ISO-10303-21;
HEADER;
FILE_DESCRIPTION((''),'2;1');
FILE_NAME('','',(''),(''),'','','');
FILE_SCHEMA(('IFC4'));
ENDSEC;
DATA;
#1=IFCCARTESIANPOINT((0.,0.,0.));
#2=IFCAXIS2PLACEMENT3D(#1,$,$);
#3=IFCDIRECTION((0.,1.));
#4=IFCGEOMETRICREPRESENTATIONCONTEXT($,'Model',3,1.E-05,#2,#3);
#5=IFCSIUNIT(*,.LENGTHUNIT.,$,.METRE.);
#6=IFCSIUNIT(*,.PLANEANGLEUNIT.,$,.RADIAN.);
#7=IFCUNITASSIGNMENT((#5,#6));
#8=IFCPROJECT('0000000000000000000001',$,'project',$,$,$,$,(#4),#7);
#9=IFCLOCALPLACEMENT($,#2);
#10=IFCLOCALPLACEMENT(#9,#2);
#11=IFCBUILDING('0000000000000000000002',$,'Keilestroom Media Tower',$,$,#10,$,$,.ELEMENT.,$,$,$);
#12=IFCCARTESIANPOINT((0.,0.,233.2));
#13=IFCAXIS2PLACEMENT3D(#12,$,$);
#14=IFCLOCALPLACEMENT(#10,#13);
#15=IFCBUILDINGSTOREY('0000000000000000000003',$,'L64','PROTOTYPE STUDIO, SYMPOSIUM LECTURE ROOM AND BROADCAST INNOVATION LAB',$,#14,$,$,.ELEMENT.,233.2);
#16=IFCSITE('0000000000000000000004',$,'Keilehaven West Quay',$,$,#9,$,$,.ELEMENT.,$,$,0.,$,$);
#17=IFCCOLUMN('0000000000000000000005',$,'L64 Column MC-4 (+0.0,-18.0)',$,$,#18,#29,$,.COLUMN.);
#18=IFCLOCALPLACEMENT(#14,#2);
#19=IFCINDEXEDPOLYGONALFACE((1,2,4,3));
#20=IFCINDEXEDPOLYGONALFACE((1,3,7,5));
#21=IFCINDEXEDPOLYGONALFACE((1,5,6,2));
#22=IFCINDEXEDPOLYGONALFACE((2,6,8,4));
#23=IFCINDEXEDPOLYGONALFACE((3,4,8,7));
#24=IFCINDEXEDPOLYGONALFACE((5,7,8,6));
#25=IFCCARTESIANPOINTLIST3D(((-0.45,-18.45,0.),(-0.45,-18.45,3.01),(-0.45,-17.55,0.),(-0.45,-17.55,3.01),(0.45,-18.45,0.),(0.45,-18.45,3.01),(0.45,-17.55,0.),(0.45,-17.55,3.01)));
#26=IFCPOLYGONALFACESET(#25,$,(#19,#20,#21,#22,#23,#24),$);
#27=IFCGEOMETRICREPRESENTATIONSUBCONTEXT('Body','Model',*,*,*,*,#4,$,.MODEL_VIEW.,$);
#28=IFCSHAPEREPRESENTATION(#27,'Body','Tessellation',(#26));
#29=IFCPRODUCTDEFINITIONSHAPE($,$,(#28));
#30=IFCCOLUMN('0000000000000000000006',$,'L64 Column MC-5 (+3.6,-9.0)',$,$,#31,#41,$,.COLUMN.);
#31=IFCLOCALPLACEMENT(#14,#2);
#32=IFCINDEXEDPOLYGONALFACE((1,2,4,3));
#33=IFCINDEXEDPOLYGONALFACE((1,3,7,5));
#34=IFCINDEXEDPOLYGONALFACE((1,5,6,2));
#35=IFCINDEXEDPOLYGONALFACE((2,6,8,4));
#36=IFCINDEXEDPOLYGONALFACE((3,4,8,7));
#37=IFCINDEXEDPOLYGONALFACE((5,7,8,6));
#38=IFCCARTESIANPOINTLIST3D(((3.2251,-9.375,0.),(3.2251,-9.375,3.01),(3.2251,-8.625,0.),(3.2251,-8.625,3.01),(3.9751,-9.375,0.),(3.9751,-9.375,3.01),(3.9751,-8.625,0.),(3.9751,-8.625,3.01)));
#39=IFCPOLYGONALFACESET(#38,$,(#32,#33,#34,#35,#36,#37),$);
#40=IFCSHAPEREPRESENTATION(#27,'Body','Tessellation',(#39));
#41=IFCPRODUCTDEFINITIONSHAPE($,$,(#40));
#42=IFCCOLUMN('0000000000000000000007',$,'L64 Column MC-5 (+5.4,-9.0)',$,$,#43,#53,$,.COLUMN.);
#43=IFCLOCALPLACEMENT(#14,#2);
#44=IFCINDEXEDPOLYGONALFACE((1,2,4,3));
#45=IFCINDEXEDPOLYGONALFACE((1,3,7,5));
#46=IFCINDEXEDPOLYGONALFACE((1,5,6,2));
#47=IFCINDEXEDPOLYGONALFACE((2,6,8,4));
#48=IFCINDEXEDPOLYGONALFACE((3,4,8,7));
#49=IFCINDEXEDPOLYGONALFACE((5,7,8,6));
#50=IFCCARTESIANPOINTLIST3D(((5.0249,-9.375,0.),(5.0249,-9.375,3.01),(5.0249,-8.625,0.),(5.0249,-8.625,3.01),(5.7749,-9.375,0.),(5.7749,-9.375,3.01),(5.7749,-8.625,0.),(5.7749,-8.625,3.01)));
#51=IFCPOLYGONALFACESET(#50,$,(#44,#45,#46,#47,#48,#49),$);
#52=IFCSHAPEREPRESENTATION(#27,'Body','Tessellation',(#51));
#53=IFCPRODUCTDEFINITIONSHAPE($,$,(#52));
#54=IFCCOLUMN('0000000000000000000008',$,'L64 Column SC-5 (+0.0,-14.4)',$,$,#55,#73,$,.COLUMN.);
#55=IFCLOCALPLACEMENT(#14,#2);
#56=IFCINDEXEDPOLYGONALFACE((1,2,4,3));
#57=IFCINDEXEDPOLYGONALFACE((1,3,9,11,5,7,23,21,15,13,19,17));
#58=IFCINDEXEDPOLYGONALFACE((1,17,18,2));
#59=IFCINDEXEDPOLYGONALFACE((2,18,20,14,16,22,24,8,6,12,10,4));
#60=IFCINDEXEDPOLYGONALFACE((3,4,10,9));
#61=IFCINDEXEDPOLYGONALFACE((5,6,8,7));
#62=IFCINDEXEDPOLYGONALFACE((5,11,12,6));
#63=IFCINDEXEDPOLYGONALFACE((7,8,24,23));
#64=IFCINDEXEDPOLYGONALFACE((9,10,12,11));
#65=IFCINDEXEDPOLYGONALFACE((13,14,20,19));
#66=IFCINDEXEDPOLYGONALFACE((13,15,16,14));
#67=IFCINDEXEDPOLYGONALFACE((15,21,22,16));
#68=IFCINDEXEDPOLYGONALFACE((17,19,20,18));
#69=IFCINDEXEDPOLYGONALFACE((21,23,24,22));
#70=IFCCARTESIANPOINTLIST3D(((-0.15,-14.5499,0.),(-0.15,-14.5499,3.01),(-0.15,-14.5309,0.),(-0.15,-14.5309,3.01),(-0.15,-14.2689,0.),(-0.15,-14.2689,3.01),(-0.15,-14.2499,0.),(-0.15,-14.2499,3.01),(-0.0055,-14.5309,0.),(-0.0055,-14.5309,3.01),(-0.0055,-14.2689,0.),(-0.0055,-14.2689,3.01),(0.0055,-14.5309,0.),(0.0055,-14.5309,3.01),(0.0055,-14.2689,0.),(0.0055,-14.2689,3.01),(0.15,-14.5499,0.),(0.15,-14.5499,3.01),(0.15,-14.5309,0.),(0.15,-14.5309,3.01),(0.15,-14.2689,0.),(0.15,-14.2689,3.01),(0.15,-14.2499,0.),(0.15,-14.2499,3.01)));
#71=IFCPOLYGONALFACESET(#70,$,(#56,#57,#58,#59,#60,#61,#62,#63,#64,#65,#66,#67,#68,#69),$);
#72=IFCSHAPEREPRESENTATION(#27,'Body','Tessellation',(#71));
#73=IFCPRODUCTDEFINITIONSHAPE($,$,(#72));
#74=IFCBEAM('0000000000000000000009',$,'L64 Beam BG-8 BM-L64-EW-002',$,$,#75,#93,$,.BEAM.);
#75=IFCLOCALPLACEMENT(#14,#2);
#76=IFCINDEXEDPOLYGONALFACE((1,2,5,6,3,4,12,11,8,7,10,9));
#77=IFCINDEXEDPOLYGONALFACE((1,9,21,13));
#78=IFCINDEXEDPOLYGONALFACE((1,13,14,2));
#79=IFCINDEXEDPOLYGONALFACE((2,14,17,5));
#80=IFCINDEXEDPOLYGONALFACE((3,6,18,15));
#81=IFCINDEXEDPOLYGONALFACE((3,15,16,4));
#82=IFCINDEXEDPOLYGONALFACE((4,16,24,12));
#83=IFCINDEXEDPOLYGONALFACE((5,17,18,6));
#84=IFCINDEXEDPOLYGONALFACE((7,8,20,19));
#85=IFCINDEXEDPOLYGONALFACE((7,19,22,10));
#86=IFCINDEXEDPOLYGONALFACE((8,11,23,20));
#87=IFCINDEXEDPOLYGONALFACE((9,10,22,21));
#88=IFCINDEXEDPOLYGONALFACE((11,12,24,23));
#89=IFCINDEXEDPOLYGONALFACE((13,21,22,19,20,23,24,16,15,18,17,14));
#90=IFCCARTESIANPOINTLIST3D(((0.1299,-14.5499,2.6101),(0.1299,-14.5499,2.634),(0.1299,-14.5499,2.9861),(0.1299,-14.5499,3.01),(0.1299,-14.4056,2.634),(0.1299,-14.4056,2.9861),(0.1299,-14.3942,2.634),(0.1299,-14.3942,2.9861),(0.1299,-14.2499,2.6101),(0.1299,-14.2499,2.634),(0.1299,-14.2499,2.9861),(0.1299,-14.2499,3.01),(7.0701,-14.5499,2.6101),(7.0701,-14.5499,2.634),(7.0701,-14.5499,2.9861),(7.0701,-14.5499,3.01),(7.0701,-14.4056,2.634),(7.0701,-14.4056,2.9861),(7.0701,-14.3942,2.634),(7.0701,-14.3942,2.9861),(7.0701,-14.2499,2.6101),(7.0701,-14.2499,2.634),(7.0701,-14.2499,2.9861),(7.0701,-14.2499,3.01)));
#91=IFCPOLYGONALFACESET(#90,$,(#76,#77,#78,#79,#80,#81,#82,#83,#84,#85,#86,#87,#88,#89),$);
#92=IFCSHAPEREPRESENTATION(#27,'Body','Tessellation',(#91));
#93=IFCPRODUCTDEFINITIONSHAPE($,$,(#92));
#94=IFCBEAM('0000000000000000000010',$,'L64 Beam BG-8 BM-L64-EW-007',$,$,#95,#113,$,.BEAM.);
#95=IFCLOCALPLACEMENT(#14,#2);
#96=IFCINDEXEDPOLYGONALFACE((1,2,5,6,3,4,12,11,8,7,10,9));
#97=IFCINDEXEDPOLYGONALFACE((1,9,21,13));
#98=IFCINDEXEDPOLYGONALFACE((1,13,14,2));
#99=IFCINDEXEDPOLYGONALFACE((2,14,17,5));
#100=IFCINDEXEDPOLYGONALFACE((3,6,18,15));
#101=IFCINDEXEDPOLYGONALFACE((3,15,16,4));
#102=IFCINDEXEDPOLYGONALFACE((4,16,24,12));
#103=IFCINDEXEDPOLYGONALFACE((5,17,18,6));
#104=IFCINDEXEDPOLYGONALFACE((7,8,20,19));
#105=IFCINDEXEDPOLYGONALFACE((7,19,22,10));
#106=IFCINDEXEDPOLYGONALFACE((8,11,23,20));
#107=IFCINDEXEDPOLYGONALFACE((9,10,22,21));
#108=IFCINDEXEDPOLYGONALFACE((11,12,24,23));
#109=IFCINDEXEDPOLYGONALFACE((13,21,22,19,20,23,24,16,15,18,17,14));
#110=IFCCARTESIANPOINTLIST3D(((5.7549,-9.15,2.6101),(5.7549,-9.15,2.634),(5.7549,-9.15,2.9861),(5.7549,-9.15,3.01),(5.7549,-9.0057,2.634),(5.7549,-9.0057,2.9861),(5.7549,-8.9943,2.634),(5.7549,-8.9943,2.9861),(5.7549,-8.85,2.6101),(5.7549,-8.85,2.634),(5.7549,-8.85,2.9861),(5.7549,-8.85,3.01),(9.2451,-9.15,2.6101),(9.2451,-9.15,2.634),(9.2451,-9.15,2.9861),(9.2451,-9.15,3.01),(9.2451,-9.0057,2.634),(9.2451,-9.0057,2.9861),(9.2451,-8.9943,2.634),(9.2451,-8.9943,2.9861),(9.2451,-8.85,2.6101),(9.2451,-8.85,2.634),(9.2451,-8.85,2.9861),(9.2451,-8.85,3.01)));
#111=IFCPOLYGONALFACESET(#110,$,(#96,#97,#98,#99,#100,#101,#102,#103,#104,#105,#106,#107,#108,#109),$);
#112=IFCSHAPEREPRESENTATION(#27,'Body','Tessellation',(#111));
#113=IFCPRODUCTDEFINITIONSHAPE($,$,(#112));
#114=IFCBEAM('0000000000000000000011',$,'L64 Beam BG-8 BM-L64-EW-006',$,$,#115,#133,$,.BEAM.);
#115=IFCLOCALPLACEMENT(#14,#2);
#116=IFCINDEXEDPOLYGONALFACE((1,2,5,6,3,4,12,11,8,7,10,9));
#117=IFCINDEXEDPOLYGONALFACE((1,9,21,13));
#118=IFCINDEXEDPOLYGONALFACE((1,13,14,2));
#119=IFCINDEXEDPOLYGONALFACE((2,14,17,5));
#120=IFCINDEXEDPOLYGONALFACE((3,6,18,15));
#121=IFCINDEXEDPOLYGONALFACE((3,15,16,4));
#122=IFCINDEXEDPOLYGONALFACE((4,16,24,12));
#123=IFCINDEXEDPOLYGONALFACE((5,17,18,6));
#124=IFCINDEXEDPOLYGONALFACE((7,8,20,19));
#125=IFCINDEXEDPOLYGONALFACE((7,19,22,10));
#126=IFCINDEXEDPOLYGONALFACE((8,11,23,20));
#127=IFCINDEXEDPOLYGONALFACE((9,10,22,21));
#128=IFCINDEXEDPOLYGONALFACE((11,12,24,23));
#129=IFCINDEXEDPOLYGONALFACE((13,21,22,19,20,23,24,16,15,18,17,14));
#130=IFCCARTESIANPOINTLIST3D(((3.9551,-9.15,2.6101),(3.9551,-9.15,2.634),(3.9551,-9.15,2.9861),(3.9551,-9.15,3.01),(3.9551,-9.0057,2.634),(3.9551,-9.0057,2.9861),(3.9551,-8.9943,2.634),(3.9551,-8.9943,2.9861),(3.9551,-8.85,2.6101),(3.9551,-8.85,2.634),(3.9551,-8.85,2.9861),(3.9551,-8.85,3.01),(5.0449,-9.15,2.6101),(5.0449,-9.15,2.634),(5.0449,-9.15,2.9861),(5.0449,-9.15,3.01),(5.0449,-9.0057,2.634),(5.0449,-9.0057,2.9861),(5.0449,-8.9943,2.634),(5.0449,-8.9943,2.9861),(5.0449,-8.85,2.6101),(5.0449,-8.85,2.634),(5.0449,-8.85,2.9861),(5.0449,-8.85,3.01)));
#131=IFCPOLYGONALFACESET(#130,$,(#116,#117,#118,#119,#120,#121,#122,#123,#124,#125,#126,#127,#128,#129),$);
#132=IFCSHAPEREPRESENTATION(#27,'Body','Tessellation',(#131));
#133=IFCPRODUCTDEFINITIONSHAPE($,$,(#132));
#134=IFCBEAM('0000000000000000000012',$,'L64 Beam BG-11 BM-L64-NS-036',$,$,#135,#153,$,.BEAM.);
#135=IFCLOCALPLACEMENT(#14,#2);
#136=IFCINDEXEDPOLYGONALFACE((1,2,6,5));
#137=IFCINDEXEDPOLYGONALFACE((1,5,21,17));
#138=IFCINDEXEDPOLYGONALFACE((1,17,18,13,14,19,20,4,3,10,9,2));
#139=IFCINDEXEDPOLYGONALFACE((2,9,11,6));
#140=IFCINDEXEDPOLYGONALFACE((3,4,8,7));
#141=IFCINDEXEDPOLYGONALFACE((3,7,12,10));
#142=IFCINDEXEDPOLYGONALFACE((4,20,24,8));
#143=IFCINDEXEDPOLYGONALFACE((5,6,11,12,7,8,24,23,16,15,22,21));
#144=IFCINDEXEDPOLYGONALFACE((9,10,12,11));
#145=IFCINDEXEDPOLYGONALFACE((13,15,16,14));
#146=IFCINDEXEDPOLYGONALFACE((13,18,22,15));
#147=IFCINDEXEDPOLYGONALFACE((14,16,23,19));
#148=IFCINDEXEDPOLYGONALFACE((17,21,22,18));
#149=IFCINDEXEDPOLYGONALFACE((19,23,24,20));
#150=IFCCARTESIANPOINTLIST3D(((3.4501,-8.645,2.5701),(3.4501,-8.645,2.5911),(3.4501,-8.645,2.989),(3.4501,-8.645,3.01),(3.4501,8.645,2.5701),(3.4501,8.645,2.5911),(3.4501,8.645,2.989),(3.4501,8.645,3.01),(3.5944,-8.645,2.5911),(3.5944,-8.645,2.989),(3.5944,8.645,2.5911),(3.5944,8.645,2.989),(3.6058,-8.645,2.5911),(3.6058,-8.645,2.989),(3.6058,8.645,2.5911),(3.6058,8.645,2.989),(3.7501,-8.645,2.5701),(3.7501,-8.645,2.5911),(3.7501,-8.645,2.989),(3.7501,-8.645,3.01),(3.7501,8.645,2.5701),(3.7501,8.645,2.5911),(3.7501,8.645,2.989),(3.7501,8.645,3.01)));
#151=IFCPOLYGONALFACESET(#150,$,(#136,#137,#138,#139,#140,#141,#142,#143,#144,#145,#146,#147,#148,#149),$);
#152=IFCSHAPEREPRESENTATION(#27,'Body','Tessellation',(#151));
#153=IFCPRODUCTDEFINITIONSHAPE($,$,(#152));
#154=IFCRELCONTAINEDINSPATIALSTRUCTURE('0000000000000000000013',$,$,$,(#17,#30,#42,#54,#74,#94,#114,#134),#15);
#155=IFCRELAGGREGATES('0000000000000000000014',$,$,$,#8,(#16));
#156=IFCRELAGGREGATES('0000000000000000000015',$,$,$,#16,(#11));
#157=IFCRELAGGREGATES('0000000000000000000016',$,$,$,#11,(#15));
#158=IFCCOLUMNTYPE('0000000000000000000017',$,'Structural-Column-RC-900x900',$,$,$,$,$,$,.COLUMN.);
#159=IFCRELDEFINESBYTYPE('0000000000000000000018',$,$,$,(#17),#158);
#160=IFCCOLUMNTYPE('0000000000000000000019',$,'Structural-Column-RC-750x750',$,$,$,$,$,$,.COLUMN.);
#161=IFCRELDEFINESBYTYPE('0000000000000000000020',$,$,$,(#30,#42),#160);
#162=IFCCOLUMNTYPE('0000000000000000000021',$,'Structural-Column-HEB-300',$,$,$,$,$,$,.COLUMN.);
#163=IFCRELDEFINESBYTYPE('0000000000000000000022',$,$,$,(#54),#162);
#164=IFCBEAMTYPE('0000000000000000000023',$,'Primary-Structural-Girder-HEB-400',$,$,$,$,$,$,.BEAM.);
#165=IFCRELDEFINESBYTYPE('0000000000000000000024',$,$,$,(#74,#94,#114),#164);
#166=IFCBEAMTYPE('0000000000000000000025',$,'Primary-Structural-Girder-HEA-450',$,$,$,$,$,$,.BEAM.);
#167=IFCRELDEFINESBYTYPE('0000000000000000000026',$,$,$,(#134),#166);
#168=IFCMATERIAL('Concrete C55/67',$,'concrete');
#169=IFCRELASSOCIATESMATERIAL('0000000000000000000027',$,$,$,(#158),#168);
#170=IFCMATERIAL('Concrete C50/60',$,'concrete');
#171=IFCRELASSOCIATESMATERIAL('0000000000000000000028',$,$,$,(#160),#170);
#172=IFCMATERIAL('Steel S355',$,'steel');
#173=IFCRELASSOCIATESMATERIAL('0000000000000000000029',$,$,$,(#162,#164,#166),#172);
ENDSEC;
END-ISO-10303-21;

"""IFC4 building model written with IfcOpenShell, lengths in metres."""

from ifc_helpers import new_model, si_unit, direction, frame, origin, origin_2d, place, context, subcontext, project, spatial, rectangle, i_section, extrude, source, transform, mapped, material, material_profile, profile_set, type_object, element, save


model = new_model("IFC4")

# Units and contexts
model_context = context("Model", 3, precision=1e-05, world=origin(), true_north=direction((0.0, 1.0)))
body_context = subcontext(model_context, "Body", "Model", "MODEL_VIEW")
ifc_project = project(units=[si_unit("LENGTHUNIT", "METRE"), si_unit("PLANEANGLEUNIT", "RADIAN")], contexts=[model_context])

# Site, building, storey
site_placement = place(None, origin())
site = spatial("IfcSite", under=ifc_project, at=site_placement, Name="Keilehaven West Quay", CompositionType="ELEMENT", RefElevation=0.0)
building_placement = place(site_placement, origin())
building = spatial("IfcBuilding", under=site, at=building_placement, Name="Keilestroom Media Tower", CompositionType="ELEMENT")
storey_placement = place(building_placement, frame((0.0, 0.0, 233.2)))
storey = spatial("IfcBuildingStorey", under=building, at=storey_placement, Name="L64", Description="PROTOTYPE STUDIO, SYMPOSIUM LECTURE ROOM AND BROADCAST INNOVATION LAB", CompositionType="ELEMENT", Elevation=233.2)

# Columns
ifc_material_1 = material(Name="Concrete C55/67", Category="concrete")
ifc_material_profile_1 = material_profile(ifc_material_1, rectangle(XDim=0.8999, YDim=0.8999, at=origin_2d()), Name="RC 900x900")
ifc_profile_set_1 = profile_set([ifc_material_profile_1], Name="Concrete C55/67")
column_type_1 = type_object("IfcColumnType", Name="Structural-Column-RC-900x900", PredefinedType="COLUMN", material=ifc_profile_set_1)
shared_shape_1 = source(origin(), body_context, "Body", "SweptSolid", [
    extrude(rectangle(XDim=0.8999, YDim=0.8999, at=origin_2d()), origin(), (0.0, 0.0, 1.0), 3.01),
])
column_1_placement = place(storey_placement, frame((0.0, -18.0, 0.0), z_axis=(0.0, 0.0, 1.0), x_axis=(1.0, 0.0, 0.0)))
element("IfcColumn", 1, at=column_1_placement, inside=storey, type_object=column_type_1, Name="L64 Column MC-4 (+0.0,-18.0)", PredefinedType="COLUMN", context=body_context, shape_type="MappedRepresentation", body=[
    mapped(shared_shape_1, transform((0.0, 0.0, 0.0), x_axis=(1.0, 0.0, 0.0), y_axis=(0.0, 1.0, 0.0), z_axis=(0.0, 0.0, 1.0), scale=1.0)),
])
ifc_material_2 = material(Name="Concrete C50/60", Category="concrete")
ifc_material_profile_2 = material_profile(ifc_material_2, rectangle(XDim=0.75, YDim=0.75, at=origin_2d()), Name="RC 750x750")
ifc_profile_set_2 = profile_set([ifc_material_profile_2], Name="Concrete C50/60")
column_type_2 = type_object("IfcColumnType", Name="Structural-Column-RC-750x750", PredefinedType="COLUMN", material=ifc_profile_set_2)
shared_shape_2 = source(origin(), body_context, "Body", "SweptSolid", [
    extrude(rectangle(XDim=0.75, YDim=0.75, at=origin_2d()), origin(), (0.0, 0.0, 1.0), 3.01),
])
for number, where, z_axis, x_axis, name in (
    (2, (3.6001, -9.0, 0.0), (0.0, 0.0, 1.0), (1.0, 0.0, 0.0), "L64 Column MC-5 (+3.6,-9.0)"),
    (3, (5.3999, -9.0, 0.0), (0.0, 0.0, 1.0), (1.0, 0.0, 0.0), "L64 Column MC-5 (+5.4,-9.0)"),
):
    element("IfcColumn", number, at=place(storey_placement, frame(where, z_axis=z_axis, x_axis=x_axis)), inside=storey, type_object=column_type_2, Name=name, PredefinedType="COLUMN", context=body_context, shape_type="MappedRepresentation", body=[
        mapped(shared_shape_2, transform((0.0, 0.0, 0.0), x_axis=(1.0, 0.0, 0.0), y_axis=(0.0, 1.0, 0.0), z_axis=(0.0, 0.0, 1.0), scale=1.0)),
    ])
ifc_material_3 = material(Name="Steel S355", Category="steel")
ifc_material_profile_3 = material_profile(ifc_material_3, i_section(OverallWidth=0.3, OverallDepth=0.3, WebThickness=0.011, FlangeThickness=0.019, at=origin_2d()), Name="HEB 300")
ifc_profile_set_3 = profile_set([ifc_material_profile_3], Name="Steel S355")
column_type_3 = type_object("IfcColumnType", Name="Structural-Column-HEB-300", PredefinedType="COLUMN", material=ifc_profile_set_3)
shared_shape_3 = source(origin(), body_context, "Body", "SweptSolid", [
    extrude(i_section(OverallWidth=0.3, OverallDepth=0.3, WebThickness=0.011, FlangeThickness=0.019, at=origin_2d()), origin(), (0.0, 0.0, 1.0), 3.01),
])
column_2_placement = place(storey_placement, frame((0.0, -14.3999, 0.0), z_axis=(0.0, 0.0, 1.0), x_axis=(1.0, 0.0, 0.0)))
element("IfcColumn", 4, at=column_2_placement, inside=storey, type_object=column_type_3, Name="L64 Column SC-5 (+0.0,-14.4)", PredefinedType="COLUMN", context=body_context, shape_type="MappedRepresentation", body=[
    mapped(shared_shape_3, transform((0.0, 0.0, 0.0), x_axis=(1.0, 0.0, 0.0), y_axis=(0.0, 1.0, 0.0), z_axis=(0.0, 0.0, 1.0), scale=1.0)),
])

# Beams
ifc_material_profile_4 = material_profile(ifc_material_3, i_section(OverallWidth=0.3, OverallDepth=0.3999, WebThickness=0.0115, FlangeThickness=0.0239, at=origin_2d()), Name="HEB 400")
ifc_profile_set_4 = profile_set([ifc_material_profile_4], Name="Steel S355")
beam_type_1 = type_object("IfcBeamType", Name="Primary-Structural-Girder-HEB-400", PredefinedType="BEAM", material=ifc_profile_set_4)
shared_shape_4 = source(origin(), body_context, "Body", "SweptSolid", [
    extrude(i_section(OverallWidth=0.3, OverallDepth=0.3999, WebThickness=0.0115, FlangeThickness=0.0239, at=origin_2d()), origin(), (0.0, 0.0, 1.0), 6.9402),
])
beam_1_placement = place(storey_placement, frame((0.1299, -14.3999, 2.8101), z_axis=(1.0, 0.0, 0.0), x_axis=(0.0, 1.0, 0.0)))
element("IfcBeam", 5, at=beam_1_placement, inside=storey, type_object=beam_type_1, Name="L64 Beam BG-8 BM-L64-EW-002", PredefinedType="BEAM", context=body_context, shape_type="MappedRepresentation", body=[
    mapped(shared_shape_4, transform((0.0, 0.0, 0.0), x_axis=(1.0, 0.0, 0.0), y_axis=(0.0, 1.0, 0.0), z_axis=(0.0, 0.0, 1.0), scale=1.0)),
])
shared_shape_5 = source(origin(), body_context, "Body", "SweptSolid", [
    extrude(i_section(OverallWidth=0.3, OverallDepth=0.3999, WebThickness=0.0115, FlangeThickness=0.0239, at=origin_2d()), origin(), (0.0, 0.0, 1.0), 3.4902),
])
beam_2_placement = place(storey_placement, frame((5.7549, -9.0, 2.8101), z_axis=(1.0, 0.0, 0.0), x_axis=(0.0, 1.0, 0.0)))
element("IfcBeam", 6, at=beam_2_placement, inside=storey, type_object=beam_type_1, Name="L64 Beam BG-8 BM-L64-EW-007", PredefinedType="BEAM", context=body_context, shape_type="MappedRepresentation", body=[
    mapped(shared_shape_5, transform((0.0, 0.0, 0.0), x_axis=(1.0, 0.0, 0.0), y_axis=(0.0, 1.0, 0.0), z_axis=(0.0, 0.0, 1.0), scale=1.0)),
])
shared_shape_6 = source(origin(), body_context, "Body", "SweptSolid", [
    extrude(i_section(OverallWidth=0.3, OverallDepth=0.3999, WebThickness=0.0115, FlangeThickness=0.0239, at=origin_2d()), origin(), (0.0, 0.0, 1.0), 1.0898),
])
beam_3_placement = place(storey_placement, frame((3.9551, -9.0, 2.8101), z_axis=(1.0, 0.0, 0.0), x_axis=(0.0, 1.0, 0.0)))
element("IfcBeam", 7, at=beam_3_placement, inside=storey, type_object=beam_type_1, Name="L64 Beam BG-8 BM-L64-EW-006", PredefinedType="BEAM", context=body_context, shape_type="MappedRepresentation", body=[
    mapped(shared_shape_6, transform((0.0, 0.0, 0.0), x_axis=(1.0, 0.0, 0.0), y_axis=(0.0, 1.0, 0.0), z_axis=(0.0, 0.0, 1.0), scale=1.0)),
])
ifc_material_profile_5 = material_profile(ifc_material_3, i_section(OverallWidth=0.3, OverallDepth=0.4399, WebThickness=0.0115, FlangeThickness=0.021, at=origin_2d()), Name="HEA 450")
ifc_profile_set_5 = profile_set([ifc_material_profile_5], Name="Steel S355")
beam_type_2 = type_object("IfcBeamType", Name="Primary-Structural-Girder-HEA-450", PredefinedType="BEAM", material=ifc_profile_set_5)
shared_shape_7 = source(origin(), body_context, "Body", "SweptSolid", [
    extrude(i_section(OverallWidth=0.3, OverallDepth=0.4399, WebThickness=0.0115, FlangeThickness=0.021, at=origin_2d()), origin(), (0.0, 0.0, 1.0), 17.29),
])
beam_4_placement = place(storey_placement, frame((3.6001, -8.645, 2.79), z_axis=(0.0, 1.0, 0.0), x_axis=(-1.0, 0.0, 0.0)))
element("IfcBeam", 8, at=beam_4_placement, inside=storey, type_object=beam_type_2, Name="L64 Beam BG-11 BM-L64-NS-036", PredefinedType="BEAM", context=body_context, shape_type="MappedRepresentation", body=[
    mapped(shared_shape_7, transform((0.0, 0.0, 0.0), x_axis=(1.0, 0.0, 0.0), y_axis=(0.0, 1.0, 0.0), z_axis=(0.0, 0.0, 1.0), scale=1.0)),
])

save(model, "model.ifc")
